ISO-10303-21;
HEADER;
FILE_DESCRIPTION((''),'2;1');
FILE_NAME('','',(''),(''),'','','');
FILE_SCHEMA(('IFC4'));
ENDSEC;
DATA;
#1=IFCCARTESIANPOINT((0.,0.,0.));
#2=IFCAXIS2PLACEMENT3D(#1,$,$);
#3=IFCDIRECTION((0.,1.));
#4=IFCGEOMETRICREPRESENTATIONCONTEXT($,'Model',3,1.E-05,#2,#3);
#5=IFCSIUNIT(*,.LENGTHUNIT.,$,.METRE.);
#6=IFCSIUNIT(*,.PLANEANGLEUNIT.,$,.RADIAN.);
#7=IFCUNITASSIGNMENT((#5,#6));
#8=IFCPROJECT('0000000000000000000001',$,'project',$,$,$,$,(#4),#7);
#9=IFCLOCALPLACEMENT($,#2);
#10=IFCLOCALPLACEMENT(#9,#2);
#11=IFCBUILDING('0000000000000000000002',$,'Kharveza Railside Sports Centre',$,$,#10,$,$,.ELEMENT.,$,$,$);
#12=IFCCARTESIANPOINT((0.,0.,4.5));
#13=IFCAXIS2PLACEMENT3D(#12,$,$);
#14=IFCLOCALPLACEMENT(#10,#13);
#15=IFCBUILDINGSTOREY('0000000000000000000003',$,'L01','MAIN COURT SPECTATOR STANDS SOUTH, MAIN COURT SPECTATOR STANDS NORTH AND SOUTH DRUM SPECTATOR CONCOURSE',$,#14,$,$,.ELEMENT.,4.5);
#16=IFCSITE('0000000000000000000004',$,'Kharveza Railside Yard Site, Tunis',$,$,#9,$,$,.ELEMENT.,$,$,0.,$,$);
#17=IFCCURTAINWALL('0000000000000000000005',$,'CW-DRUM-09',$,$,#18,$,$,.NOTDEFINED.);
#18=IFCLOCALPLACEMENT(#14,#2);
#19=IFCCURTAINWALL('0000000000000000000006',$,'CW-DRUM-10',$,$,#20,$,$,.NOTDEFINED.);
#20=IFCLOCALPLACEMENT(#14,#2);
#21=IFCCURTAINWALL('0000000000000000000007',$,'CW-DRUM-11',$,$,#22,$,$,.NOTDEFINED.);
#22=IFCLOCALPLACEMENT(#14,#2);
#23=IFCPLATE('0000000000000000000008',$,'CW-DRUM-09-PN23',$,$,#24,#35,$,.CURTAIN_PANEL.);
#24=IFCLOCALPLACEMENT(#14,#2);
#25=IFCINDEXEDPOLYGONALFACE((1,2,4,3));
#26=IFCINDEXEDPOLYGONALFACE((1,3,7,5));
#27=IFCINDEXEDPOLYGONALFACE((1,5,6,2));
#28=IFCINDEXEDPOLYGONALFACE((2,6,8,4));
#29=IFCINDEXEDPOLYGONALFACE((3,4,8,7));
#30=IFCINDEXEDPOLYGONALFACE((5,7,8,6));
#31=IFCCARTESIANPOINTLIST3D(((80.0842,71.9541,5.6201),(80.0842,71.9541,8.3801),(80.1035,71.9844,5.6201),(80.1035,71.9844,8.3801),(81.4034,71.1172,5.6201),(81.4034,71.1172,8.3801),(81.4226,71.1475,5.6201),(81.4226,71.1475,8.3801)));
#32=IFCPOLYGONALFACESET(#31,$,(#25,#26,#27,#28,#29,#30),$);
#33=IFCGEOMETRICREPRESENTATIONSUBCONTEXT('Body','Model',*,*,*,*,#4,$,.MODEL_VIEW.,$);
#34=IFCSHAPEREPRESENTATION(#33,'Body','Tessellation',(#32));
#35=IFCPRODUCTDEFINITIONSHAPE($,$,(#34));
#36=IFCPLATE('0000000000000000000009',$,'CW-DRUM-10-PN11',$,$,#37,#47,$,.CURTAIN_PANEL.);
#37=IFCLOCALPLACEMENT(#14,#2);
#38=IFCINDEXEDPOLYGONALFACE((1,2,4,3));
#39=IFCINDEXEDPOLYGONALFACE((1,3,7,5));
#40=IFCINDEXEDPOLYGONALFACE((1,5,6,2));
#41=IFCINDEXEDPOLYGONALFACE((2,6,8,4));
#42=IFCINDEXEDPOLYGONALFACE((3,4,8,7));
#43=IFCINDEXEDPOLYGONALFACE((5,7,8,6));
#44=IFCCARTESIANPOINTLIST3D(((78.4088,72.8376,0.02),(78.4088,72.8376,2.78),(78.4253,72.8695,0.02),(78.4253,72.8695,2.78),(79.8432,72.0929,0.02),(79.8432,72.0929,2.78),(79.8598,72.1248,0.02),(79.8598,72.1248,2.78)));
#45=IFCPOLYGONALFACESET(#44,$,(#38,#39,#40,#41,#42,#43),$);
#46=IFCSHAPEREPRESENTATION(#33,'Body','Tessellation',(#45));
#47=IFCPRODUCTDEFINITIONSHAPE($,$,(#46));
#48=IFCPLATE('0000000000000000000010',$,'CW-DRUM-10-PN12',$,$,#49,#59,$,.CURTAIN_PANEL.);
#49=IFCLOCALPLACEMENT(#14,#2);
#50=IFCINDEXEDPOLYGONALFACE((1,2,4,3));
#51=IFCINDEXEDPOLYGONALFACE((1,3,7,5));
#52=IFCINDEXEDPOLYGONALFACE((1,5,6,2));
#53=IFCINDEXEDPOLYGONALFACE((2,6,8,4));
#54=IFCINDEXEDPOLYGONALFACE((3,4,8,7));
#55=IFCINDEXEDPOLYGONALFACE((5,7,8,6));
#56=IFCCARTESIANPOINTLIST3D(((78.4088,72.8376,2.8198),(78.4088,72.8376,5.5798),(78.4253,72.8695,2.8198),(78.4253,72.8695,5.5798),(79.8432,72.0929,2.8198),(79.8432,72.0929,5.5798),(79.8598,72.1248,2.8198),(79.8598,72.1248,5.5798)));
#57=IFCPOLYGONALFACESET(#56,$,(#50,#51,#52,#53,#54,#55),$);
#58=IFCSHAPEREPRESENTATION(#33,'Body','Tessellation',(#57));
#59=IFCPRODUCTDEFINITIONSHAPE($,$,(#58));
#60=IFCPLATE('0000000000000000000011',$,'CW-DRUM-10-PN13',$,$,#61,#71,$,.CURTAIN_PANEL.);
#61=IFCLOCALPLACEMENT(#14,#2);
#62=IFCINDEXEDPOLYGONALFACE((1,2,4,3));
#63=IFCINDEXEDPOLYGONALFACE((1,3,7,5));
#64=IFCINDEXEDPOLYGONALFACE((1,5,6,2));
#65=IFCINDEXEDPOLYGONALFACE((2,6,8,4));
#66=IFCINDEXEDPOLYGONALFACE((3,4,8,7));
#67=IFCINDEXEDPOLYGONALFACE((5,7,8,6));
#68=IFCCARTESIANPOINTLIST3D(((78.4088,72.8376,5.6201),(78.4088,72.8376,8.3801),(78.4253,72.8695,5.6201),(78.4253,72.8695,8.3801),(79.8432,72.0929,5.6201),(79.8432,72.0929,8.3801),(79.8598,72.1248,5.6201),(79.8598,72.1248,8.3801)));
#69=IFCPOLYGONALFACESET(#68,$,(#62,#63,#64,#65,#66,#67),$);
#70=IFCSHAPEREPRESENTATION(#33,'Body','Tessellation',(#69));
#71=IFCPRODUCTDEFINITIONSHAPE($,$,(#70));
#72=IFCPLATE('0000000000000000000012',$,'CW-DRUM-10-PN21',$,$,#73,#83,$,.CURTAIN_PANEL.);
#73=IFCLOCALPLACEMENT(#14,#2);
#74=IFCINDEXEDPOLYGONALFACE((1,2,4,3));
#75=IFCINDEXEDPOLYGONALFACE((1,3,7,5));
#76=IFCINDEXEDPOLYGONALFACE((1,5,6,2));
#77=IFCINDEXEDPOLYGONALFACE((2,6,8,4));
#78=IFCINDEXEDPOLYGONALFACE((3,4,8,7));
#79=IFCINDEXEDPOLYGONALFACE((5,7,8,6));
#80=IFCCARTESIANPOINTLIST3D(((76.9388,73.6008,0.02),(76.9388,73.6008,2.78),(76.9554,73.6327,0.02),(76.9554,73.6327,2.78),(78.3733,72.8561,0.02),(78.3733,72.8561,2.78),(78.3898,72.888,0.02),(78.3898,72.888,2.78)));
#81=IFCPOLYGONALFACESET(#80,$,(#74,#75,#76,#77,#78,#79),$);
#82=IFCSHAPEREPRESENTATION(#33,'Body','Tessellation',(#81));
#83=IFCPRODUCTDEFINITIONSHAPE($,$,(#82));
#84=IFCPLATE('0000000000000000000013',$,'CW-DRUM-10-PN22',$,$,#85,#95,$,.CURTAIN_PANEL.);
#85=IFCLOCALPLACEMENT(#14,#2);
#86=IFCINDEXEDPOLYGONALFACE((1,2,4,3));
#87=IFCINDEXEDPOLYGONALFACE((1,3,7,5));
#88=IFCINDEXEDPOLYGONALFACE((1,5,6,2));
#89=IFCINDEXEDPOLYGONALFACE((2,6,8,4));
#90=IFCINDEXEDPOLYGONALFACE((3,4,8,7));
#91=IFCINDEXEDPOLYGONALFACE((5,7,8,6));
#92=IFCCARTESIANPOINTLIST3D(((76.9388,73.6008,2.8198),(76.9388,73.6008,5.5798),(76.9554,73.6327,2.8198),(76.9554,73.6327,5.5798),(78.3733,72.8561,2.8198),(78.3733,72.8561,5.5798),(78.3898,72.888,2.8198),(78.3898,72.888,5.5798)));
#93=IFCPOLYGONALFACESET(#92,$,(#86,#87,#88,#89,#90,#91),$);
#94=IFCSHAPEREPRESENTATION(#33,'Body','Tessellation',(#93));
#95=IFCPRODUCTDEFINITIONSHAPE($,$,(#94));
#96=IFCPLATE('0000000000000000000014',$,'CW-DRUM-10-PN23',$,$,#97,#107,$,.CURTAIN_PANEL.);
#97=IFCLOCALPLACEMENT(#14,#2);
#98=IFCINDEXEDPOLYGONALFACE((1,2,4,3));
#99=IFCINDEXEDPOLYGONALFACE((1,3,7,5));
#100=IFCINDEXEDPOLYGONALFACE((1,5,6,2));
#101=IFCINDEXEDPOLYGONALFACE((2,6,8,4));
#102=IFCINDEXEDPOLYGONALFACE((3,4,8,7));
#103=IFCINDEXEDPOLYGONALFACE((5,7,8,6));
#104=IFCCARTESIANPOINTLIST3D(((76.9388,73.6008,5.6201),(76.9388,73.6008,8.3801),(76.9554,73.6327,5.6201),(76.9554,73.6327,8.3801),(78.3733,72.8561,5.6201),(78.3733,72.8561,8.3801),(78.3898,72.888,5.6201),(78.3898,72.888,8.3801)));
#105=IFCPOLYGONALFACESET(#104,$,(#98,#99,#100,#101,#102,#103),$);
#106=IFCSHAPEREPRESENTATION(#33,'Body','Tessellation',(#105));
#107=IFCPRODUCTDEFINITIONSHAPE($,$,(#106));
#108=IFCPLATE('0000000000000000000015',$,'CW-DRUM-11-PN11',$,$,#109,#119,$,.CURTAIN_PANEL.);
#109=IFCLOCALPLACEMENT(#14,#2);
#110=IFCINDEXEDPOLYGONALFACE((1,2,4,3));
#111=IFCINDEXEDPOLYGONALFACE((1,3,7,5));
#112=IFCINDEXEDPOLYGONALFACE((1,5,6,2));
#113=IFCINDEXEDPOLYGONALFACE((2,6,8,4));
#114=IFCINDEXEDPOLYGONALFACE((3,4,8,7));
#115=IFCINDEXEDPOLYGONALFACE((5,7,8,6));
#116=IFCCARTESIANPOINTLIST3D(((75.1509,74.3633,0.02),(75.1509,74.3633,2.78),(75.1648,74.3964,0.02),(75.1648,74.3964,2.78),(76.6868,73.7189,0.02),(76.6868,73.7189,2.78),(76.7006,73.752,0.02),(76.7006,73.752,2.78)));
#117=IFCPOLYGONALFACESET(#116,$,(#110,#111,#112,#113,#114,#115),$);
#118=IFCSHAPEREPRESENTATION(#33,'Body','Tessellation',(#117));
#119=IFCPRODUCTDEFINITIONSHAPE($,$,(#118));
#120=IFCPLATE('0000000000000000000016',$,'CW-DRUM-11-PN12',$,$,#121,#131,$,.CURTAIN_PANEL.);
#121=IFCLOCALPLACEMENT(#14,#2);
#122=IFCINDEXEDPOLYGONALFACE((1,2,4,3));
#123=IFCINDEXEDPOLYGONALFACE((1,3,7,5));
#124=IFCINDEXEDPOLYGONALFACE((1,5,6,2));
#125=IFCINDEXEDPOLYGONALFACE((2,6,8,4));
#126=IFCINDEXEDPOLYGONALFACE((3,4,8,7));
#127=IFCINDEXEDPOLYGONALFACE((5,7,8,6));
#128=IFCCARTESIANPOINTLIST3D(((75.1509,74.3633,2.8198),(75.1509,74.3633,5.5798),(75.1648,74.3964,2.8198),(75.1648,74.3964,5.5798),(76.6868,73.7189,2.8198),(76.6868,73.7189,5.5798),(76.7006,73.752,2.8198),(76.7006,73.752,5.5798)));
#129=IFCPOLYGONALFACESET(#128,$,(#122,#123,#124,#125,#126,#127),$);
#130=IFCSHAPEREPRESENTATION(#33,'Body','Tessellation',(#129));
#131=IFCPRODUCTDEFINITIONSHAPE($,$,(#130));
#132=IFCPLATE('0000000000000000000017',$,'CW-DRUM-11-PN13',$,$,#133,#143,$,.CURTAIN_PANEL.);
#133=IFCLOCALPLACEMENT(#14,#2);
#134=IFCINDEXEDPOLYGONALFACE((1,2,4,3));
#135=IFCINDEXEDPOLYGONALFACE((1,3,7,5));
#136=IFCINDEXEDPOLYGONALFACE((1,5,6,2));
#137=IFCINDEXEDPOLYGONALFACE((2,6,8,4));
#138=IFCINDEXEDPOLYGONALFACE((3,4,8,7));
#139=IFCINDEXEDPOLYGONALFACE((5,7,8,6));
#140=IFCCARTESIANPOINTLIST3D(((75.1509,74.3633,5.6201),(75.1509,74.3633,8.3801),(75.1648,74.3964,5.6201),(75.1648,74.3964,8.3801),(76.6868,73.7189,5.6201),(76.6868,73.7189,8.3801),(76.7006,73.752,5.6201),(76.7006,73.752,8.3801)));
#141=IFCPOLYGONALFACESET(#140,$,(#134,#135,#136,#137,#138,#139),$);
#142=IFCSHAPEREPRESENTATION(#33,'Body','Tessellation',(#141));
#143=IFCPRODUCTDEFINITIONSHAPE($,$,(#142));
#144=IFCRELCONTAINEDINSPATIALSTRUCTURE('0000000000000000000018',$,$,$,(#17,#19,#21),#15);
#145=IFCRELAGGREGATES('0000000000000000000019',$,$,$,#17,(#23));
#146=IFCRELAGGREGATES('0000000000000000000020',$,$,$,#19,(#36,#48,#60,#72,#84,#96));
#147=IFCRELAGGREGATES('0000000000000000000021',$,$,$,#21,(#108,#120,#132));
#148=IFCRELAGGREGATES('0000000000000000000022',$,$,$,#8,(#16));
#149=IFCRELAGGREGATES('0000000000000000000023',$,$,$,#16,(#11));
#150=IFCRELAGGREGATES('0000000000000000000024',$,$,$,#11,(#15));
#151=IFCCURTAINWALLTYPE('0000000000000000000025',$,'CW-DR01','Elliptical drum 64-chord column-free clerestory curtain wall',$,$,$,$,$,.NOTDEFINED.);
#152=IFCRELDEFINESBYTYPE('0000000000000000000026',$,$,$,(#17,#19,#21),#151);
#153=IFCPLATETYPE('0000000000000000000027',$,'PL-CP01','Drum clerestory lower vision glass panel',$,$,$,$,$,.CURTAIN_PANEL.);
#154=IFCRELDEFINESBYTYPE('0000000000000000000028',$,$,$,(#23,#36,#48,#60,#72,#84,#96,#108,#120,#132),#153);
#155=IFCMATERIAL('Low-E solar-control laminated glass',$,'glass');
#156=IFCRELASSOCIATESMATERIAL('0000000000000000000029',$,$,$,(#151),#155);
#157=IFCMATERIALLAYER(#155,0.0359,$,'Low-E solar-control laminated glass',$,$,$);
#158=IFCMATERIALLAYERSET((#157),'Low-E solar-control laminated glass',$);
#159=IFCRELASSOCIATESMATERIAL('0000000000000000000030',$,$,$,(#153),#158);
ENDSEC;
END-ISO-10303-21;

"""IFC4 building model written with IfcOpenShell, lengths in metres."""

from ifc_helpers import new_model, si_unit, direction, frame, origin, origin_2d, place, context, subcontext, project, spatial, rectangle, extrude, material, layer, layer_set, type_object, element, aggregate, save


model = new_model("IFC4")

# Units and contexts
model_context = context("Model", 3, precision=1e-05, world=origin(), true_north=direction((0.0, 1.0)))
body_context = subcontext(model_context, "Body", "Model", "MODEL_VIEW")
ifc_project = project(units=[si_unit("LENGTHUNIT", "METRE"), si_unit("PLANEANGLEUNIT", "RADIAN")], contexts=[model_context])

# Site, building, storey
site_placement = place(None, origin())
site = spatial("IfcSite", under=ifc_project, at=site_placement, Name="Kharveza Railside Yard Site, Tunis", CompositionType="ELEMENT", RefElevation=0.0)
building_placement = place(site_placement, origin())
building = spatial("IfcBuilding", under=site, at=building_placement, Name="Kharveza Railside Sports Centre", CompositionType="ELEMENT")
storey_placement = place(building_placement, frame((0.0, 0.0, 4.5)))
storey = spatial("IfcBuildingStorey", under=building, at=storey_placement, Name="L01", Description="MAIN COURT SPECTATOR STANDS SOUTH, MAIN COURT SPECTATOR STANDS NORTH AND SOUTH DRUM SPECTATOR CONCOURSE", CompositionType="ELEMENT", Elevation=4.5)

# Curtain walls
ifc_material_1 = material(Name="Low-E solar-control laminated glass", Category="glass")
curtain_wall_type = type_object("IfcCurtainWallType", Name="CW-DR01", Description="Elliptical drum 64-chord column-free clerestory curtain wall", PredefinedType="NOTDEFINED", material=ifc_material_1)
curtain_wall_1_placement = place(storey_placement, origin())
curtain_wall_1 = element("IfcCurtainWall", 1, at=curtain_wall_1_placement, inside=storey, type_object=curtain_wall_type, Name="CW-DRUM-09", PredefinedType="NOTDEFINED")
curtain_wall_2_placement = place(storey_placement, origin())
curtain_wall_2 = element("IfcCurtainWall", 2, at=curtain_wall_2_placement, inside=storey, type_object=curtain_wall_type, Name="CW-DRUM-10", PredefinedType="NOTDEFINED")

# Curtain wall
curtain_wall_3_placement = place(storey_placement, origin())
curtain_wall_3 = element("IfcCurtainWall", 3, at=curtain_wall_3_placement, inside=storey, type_object=curtain_wall_type, Name="CW-DRUM-11", PredefinedType="NOTDEFINED")

# Plates
ifc_layer = layer(ifc_material_1, 0.0359, Name="Low-E solar-control laminated glass")
ifc_layer_set = layer_set([ifc_layer], Name="Low-E solar-control laminated glass")
plate_type = type_object("IfcPlateType", Name="PL-CP01", Description="Drum clerestory lower vision glass panel", PredefinedType="CURTAIN_PANEL", material=ifc_layer_set)
plate_1_placement = place(storey_placement, frame((80.7534, 71.5508, 5.6201), z_axis=(0.0, 0.0, 1.0), x_axis=(-0.844393, 0.535724, 0.0)))
plate_1 = element("IfcPlate", 4, at=plate_1_placement, type_object=plate_type, Name="CW-DRUM-09-PN23", PredefinedType="CURTAIN_PANEL", context=body_context, shape_type="SweptSolid", body=[
    extrude(rectangle(XDim=1.5623, YDim=0.0359, at=origin_2d()), origin(), (0.0, 0.0, 1.0), 2.76),
])
aggregate(curtain_wall_1, [plate_1])
plate_2_placement = place(storey_placement, frame((79.1343, 72.4812, 0.02), z_axis=(0.0, 0.0, 1.0), x_axis=(-0.887526, 0.460758, 0.0)))
plate_2 = element("IfcPlate", 5, at=plate_2_placement, type_object=plate_type, Name="CW-DRUM-10-PN11", PredefinedType="CURTAIN_PANEL", context=body_context, shape_type="SweptSolid", body=[
    extrude(rectangle(XDim=1.6162, YDim=0.0359, at=origin_2d()), origin(), (0.0, 0.0, 1.0), 2.76),
])
plate_3_placement = place(storey_placement, frame((79.1343, 72.4812, 2.8198), z_axis=(0.0, 0.0, 1.0), x_axis=(-0.887526, 0.460758, 0.0)))
plate_3 = element("IfcPlate", 6, at=plate_3_placement, type_object=plate_type, Name="CW-DRUM-10-PN12", PredefinedType="CURTAIN_PANEL", context=body_context, shape_type="SweptSolid", body=[
    extrude(rectangle(XDim=1.6162, YDim=0.0359, at=origin_2d()), origin(), (0.0, 0.0, 1.0), 2.76),
])
plate_4_placement = place(storey_placement, frame((79.1343, 72.4812, 5.6201), z_axis=(0.0, 0.0, 1.0), x_axis=(-0.887526, 0.460758, 0.0)))
plate_4 = element("IfcPlate", 7, at=plate_4_placement, type_object=plate_type, Name="CW-DRUM-10-PN13", PredefinedType="CURTAIN_PANEL", context=body_context, shape_type="SweptSolid", body=[
    extrude(rectangle(XDim=1.6162, YDim=0.0359, at=origin_2d()), origin(), (0.0, 0.0, 1.0), 2.76),
])
plate_5_placement = place(storey_placement, frame((77.6643, 73.2444, 0.02), z_axis=(0.0, 0.0, 1.0), x_axis=(-0.887526, 0.460758, 0.0)))
plate_5 = element("IfcPlate", 8, at=plate_5_placement, type_object=plate_type, Name="CW-DRUM-10-PN21", PredefinedType="CURTAIN_PANEL", context=body_context, shape_type="SweptSolid", body=[
    extrude(rectangle(XDim=1.6162, YDim=0.0359, at=origin_2d()), origin(), (0.0, 0.0, 1.0), 2.76),
])
plate_6_placement = place(storey_placement, frame((77.6643, 73.2444, 2.8198), z_axis=(0.0, 0.0, 1.0), x_axis=(-0.887526, 0.460758, 0.0)))
plate_6 = element("IfcPlate", 9, at=plate_6_placement, type_object=plate_type, Name="CW-DRUM-10-PN22", PredefinedType="CURTAIN_PANEL", context=body_context, shape_type="SweptSolid", body=[
    extrude(rectangle(XDim=1.6162, YDim=0.0359, at=origin_2d()), origin(), (0.0, 0.0, 1.0), 2.76),
])
plate_7_placement = place(storey_placement, frame((77.6643, 73.2444, 5.6201), z_axis=(0.0, 0.0, 1.0), x_axis=(-0.887526, 0.460758, 0.0)))
plate_7 = element("IfcPlate", 10, at=plate_7_placement, type_object=plate_type, Name="CW-DRUM-10-PN23", PredefinedType="CURTAIN_PANEL", context=body_context, shape_type="SweptSolid", body=[
    extrude(rectangle(XDim=1.6162, YDim=0.0359, at=origin_2d()), origin(), (0.0, 0.0, 1.0), 2.76),
])
aggregate(curtain_wall_2, [plate_2, plate_3, plate_4, plate_5, plate_6, plate_7])
plate_8_placement = place(storey_placement, frame((75.9258, 74.0576, 0.02), z_axis=(0.0, 0.0, 1.0), x_axis=(-0.922127, 0.386888, 0.0)))
plate_8 = element("IfcPlate", 11, at=plate_8_placement, type_object=plate_type, Name="CW-DRUM-11-PN11", PredefinedType="CURTAIN_PANEL", context=body_context, shape_type="SweptSolid", body=[
    extrude(rectangle(XDim=1.6655, YDim=0.0359, at=origin_2d()), origin(), (0.0, 0.0, 1.0), 2.76),
])
plate_9_placement = place(storey_placement, frame((75.9258, 74.0576, 2.8198), z_axis=(0.0, 0.0, 1.0), x_axis=(-0.922127, 0.386888, 0.0)))
plate_9 = element("IfcPlate", 12, at=plate_9_placement, type_object=plate_type, Name="CW-DRUM-11-PN12", PredefinedType="CURTAIN_PANEL", context=body_context, shape_type="SweptSolid", body=[
    extrude(rectangle(XDim=1.6655, YDim=0.0359, at=origin_2d()), origin(), (0.0, 0.0, 1.0), 2.76),
])
plate_10_placement = place(storey_placement, frame((75.9258, 74.0576, 5.6201), z_axis=(0.0, 0.0, 1.0), x_axis=(-0.922127, 0.386888, 0.0)))
plate_10 = element("IfcPlate", 13, at=plate_10_placement, type_object=plate_type, Name="CW-DRUM-11-PN13", PredefinedType="CURTAIN_PANEL", context=body_context, shape_type="SweptSolid", body=[
    extrude(rectangle(XDim=1.6655, YDim=0.0359, at=origin_2d()), origin(), (0.0, 0.0, 1.0), 2.76),
])
aggregate(curtain_wall_3, [plate_8, plate_9, plate_10])

save(model, "model.ifc")
